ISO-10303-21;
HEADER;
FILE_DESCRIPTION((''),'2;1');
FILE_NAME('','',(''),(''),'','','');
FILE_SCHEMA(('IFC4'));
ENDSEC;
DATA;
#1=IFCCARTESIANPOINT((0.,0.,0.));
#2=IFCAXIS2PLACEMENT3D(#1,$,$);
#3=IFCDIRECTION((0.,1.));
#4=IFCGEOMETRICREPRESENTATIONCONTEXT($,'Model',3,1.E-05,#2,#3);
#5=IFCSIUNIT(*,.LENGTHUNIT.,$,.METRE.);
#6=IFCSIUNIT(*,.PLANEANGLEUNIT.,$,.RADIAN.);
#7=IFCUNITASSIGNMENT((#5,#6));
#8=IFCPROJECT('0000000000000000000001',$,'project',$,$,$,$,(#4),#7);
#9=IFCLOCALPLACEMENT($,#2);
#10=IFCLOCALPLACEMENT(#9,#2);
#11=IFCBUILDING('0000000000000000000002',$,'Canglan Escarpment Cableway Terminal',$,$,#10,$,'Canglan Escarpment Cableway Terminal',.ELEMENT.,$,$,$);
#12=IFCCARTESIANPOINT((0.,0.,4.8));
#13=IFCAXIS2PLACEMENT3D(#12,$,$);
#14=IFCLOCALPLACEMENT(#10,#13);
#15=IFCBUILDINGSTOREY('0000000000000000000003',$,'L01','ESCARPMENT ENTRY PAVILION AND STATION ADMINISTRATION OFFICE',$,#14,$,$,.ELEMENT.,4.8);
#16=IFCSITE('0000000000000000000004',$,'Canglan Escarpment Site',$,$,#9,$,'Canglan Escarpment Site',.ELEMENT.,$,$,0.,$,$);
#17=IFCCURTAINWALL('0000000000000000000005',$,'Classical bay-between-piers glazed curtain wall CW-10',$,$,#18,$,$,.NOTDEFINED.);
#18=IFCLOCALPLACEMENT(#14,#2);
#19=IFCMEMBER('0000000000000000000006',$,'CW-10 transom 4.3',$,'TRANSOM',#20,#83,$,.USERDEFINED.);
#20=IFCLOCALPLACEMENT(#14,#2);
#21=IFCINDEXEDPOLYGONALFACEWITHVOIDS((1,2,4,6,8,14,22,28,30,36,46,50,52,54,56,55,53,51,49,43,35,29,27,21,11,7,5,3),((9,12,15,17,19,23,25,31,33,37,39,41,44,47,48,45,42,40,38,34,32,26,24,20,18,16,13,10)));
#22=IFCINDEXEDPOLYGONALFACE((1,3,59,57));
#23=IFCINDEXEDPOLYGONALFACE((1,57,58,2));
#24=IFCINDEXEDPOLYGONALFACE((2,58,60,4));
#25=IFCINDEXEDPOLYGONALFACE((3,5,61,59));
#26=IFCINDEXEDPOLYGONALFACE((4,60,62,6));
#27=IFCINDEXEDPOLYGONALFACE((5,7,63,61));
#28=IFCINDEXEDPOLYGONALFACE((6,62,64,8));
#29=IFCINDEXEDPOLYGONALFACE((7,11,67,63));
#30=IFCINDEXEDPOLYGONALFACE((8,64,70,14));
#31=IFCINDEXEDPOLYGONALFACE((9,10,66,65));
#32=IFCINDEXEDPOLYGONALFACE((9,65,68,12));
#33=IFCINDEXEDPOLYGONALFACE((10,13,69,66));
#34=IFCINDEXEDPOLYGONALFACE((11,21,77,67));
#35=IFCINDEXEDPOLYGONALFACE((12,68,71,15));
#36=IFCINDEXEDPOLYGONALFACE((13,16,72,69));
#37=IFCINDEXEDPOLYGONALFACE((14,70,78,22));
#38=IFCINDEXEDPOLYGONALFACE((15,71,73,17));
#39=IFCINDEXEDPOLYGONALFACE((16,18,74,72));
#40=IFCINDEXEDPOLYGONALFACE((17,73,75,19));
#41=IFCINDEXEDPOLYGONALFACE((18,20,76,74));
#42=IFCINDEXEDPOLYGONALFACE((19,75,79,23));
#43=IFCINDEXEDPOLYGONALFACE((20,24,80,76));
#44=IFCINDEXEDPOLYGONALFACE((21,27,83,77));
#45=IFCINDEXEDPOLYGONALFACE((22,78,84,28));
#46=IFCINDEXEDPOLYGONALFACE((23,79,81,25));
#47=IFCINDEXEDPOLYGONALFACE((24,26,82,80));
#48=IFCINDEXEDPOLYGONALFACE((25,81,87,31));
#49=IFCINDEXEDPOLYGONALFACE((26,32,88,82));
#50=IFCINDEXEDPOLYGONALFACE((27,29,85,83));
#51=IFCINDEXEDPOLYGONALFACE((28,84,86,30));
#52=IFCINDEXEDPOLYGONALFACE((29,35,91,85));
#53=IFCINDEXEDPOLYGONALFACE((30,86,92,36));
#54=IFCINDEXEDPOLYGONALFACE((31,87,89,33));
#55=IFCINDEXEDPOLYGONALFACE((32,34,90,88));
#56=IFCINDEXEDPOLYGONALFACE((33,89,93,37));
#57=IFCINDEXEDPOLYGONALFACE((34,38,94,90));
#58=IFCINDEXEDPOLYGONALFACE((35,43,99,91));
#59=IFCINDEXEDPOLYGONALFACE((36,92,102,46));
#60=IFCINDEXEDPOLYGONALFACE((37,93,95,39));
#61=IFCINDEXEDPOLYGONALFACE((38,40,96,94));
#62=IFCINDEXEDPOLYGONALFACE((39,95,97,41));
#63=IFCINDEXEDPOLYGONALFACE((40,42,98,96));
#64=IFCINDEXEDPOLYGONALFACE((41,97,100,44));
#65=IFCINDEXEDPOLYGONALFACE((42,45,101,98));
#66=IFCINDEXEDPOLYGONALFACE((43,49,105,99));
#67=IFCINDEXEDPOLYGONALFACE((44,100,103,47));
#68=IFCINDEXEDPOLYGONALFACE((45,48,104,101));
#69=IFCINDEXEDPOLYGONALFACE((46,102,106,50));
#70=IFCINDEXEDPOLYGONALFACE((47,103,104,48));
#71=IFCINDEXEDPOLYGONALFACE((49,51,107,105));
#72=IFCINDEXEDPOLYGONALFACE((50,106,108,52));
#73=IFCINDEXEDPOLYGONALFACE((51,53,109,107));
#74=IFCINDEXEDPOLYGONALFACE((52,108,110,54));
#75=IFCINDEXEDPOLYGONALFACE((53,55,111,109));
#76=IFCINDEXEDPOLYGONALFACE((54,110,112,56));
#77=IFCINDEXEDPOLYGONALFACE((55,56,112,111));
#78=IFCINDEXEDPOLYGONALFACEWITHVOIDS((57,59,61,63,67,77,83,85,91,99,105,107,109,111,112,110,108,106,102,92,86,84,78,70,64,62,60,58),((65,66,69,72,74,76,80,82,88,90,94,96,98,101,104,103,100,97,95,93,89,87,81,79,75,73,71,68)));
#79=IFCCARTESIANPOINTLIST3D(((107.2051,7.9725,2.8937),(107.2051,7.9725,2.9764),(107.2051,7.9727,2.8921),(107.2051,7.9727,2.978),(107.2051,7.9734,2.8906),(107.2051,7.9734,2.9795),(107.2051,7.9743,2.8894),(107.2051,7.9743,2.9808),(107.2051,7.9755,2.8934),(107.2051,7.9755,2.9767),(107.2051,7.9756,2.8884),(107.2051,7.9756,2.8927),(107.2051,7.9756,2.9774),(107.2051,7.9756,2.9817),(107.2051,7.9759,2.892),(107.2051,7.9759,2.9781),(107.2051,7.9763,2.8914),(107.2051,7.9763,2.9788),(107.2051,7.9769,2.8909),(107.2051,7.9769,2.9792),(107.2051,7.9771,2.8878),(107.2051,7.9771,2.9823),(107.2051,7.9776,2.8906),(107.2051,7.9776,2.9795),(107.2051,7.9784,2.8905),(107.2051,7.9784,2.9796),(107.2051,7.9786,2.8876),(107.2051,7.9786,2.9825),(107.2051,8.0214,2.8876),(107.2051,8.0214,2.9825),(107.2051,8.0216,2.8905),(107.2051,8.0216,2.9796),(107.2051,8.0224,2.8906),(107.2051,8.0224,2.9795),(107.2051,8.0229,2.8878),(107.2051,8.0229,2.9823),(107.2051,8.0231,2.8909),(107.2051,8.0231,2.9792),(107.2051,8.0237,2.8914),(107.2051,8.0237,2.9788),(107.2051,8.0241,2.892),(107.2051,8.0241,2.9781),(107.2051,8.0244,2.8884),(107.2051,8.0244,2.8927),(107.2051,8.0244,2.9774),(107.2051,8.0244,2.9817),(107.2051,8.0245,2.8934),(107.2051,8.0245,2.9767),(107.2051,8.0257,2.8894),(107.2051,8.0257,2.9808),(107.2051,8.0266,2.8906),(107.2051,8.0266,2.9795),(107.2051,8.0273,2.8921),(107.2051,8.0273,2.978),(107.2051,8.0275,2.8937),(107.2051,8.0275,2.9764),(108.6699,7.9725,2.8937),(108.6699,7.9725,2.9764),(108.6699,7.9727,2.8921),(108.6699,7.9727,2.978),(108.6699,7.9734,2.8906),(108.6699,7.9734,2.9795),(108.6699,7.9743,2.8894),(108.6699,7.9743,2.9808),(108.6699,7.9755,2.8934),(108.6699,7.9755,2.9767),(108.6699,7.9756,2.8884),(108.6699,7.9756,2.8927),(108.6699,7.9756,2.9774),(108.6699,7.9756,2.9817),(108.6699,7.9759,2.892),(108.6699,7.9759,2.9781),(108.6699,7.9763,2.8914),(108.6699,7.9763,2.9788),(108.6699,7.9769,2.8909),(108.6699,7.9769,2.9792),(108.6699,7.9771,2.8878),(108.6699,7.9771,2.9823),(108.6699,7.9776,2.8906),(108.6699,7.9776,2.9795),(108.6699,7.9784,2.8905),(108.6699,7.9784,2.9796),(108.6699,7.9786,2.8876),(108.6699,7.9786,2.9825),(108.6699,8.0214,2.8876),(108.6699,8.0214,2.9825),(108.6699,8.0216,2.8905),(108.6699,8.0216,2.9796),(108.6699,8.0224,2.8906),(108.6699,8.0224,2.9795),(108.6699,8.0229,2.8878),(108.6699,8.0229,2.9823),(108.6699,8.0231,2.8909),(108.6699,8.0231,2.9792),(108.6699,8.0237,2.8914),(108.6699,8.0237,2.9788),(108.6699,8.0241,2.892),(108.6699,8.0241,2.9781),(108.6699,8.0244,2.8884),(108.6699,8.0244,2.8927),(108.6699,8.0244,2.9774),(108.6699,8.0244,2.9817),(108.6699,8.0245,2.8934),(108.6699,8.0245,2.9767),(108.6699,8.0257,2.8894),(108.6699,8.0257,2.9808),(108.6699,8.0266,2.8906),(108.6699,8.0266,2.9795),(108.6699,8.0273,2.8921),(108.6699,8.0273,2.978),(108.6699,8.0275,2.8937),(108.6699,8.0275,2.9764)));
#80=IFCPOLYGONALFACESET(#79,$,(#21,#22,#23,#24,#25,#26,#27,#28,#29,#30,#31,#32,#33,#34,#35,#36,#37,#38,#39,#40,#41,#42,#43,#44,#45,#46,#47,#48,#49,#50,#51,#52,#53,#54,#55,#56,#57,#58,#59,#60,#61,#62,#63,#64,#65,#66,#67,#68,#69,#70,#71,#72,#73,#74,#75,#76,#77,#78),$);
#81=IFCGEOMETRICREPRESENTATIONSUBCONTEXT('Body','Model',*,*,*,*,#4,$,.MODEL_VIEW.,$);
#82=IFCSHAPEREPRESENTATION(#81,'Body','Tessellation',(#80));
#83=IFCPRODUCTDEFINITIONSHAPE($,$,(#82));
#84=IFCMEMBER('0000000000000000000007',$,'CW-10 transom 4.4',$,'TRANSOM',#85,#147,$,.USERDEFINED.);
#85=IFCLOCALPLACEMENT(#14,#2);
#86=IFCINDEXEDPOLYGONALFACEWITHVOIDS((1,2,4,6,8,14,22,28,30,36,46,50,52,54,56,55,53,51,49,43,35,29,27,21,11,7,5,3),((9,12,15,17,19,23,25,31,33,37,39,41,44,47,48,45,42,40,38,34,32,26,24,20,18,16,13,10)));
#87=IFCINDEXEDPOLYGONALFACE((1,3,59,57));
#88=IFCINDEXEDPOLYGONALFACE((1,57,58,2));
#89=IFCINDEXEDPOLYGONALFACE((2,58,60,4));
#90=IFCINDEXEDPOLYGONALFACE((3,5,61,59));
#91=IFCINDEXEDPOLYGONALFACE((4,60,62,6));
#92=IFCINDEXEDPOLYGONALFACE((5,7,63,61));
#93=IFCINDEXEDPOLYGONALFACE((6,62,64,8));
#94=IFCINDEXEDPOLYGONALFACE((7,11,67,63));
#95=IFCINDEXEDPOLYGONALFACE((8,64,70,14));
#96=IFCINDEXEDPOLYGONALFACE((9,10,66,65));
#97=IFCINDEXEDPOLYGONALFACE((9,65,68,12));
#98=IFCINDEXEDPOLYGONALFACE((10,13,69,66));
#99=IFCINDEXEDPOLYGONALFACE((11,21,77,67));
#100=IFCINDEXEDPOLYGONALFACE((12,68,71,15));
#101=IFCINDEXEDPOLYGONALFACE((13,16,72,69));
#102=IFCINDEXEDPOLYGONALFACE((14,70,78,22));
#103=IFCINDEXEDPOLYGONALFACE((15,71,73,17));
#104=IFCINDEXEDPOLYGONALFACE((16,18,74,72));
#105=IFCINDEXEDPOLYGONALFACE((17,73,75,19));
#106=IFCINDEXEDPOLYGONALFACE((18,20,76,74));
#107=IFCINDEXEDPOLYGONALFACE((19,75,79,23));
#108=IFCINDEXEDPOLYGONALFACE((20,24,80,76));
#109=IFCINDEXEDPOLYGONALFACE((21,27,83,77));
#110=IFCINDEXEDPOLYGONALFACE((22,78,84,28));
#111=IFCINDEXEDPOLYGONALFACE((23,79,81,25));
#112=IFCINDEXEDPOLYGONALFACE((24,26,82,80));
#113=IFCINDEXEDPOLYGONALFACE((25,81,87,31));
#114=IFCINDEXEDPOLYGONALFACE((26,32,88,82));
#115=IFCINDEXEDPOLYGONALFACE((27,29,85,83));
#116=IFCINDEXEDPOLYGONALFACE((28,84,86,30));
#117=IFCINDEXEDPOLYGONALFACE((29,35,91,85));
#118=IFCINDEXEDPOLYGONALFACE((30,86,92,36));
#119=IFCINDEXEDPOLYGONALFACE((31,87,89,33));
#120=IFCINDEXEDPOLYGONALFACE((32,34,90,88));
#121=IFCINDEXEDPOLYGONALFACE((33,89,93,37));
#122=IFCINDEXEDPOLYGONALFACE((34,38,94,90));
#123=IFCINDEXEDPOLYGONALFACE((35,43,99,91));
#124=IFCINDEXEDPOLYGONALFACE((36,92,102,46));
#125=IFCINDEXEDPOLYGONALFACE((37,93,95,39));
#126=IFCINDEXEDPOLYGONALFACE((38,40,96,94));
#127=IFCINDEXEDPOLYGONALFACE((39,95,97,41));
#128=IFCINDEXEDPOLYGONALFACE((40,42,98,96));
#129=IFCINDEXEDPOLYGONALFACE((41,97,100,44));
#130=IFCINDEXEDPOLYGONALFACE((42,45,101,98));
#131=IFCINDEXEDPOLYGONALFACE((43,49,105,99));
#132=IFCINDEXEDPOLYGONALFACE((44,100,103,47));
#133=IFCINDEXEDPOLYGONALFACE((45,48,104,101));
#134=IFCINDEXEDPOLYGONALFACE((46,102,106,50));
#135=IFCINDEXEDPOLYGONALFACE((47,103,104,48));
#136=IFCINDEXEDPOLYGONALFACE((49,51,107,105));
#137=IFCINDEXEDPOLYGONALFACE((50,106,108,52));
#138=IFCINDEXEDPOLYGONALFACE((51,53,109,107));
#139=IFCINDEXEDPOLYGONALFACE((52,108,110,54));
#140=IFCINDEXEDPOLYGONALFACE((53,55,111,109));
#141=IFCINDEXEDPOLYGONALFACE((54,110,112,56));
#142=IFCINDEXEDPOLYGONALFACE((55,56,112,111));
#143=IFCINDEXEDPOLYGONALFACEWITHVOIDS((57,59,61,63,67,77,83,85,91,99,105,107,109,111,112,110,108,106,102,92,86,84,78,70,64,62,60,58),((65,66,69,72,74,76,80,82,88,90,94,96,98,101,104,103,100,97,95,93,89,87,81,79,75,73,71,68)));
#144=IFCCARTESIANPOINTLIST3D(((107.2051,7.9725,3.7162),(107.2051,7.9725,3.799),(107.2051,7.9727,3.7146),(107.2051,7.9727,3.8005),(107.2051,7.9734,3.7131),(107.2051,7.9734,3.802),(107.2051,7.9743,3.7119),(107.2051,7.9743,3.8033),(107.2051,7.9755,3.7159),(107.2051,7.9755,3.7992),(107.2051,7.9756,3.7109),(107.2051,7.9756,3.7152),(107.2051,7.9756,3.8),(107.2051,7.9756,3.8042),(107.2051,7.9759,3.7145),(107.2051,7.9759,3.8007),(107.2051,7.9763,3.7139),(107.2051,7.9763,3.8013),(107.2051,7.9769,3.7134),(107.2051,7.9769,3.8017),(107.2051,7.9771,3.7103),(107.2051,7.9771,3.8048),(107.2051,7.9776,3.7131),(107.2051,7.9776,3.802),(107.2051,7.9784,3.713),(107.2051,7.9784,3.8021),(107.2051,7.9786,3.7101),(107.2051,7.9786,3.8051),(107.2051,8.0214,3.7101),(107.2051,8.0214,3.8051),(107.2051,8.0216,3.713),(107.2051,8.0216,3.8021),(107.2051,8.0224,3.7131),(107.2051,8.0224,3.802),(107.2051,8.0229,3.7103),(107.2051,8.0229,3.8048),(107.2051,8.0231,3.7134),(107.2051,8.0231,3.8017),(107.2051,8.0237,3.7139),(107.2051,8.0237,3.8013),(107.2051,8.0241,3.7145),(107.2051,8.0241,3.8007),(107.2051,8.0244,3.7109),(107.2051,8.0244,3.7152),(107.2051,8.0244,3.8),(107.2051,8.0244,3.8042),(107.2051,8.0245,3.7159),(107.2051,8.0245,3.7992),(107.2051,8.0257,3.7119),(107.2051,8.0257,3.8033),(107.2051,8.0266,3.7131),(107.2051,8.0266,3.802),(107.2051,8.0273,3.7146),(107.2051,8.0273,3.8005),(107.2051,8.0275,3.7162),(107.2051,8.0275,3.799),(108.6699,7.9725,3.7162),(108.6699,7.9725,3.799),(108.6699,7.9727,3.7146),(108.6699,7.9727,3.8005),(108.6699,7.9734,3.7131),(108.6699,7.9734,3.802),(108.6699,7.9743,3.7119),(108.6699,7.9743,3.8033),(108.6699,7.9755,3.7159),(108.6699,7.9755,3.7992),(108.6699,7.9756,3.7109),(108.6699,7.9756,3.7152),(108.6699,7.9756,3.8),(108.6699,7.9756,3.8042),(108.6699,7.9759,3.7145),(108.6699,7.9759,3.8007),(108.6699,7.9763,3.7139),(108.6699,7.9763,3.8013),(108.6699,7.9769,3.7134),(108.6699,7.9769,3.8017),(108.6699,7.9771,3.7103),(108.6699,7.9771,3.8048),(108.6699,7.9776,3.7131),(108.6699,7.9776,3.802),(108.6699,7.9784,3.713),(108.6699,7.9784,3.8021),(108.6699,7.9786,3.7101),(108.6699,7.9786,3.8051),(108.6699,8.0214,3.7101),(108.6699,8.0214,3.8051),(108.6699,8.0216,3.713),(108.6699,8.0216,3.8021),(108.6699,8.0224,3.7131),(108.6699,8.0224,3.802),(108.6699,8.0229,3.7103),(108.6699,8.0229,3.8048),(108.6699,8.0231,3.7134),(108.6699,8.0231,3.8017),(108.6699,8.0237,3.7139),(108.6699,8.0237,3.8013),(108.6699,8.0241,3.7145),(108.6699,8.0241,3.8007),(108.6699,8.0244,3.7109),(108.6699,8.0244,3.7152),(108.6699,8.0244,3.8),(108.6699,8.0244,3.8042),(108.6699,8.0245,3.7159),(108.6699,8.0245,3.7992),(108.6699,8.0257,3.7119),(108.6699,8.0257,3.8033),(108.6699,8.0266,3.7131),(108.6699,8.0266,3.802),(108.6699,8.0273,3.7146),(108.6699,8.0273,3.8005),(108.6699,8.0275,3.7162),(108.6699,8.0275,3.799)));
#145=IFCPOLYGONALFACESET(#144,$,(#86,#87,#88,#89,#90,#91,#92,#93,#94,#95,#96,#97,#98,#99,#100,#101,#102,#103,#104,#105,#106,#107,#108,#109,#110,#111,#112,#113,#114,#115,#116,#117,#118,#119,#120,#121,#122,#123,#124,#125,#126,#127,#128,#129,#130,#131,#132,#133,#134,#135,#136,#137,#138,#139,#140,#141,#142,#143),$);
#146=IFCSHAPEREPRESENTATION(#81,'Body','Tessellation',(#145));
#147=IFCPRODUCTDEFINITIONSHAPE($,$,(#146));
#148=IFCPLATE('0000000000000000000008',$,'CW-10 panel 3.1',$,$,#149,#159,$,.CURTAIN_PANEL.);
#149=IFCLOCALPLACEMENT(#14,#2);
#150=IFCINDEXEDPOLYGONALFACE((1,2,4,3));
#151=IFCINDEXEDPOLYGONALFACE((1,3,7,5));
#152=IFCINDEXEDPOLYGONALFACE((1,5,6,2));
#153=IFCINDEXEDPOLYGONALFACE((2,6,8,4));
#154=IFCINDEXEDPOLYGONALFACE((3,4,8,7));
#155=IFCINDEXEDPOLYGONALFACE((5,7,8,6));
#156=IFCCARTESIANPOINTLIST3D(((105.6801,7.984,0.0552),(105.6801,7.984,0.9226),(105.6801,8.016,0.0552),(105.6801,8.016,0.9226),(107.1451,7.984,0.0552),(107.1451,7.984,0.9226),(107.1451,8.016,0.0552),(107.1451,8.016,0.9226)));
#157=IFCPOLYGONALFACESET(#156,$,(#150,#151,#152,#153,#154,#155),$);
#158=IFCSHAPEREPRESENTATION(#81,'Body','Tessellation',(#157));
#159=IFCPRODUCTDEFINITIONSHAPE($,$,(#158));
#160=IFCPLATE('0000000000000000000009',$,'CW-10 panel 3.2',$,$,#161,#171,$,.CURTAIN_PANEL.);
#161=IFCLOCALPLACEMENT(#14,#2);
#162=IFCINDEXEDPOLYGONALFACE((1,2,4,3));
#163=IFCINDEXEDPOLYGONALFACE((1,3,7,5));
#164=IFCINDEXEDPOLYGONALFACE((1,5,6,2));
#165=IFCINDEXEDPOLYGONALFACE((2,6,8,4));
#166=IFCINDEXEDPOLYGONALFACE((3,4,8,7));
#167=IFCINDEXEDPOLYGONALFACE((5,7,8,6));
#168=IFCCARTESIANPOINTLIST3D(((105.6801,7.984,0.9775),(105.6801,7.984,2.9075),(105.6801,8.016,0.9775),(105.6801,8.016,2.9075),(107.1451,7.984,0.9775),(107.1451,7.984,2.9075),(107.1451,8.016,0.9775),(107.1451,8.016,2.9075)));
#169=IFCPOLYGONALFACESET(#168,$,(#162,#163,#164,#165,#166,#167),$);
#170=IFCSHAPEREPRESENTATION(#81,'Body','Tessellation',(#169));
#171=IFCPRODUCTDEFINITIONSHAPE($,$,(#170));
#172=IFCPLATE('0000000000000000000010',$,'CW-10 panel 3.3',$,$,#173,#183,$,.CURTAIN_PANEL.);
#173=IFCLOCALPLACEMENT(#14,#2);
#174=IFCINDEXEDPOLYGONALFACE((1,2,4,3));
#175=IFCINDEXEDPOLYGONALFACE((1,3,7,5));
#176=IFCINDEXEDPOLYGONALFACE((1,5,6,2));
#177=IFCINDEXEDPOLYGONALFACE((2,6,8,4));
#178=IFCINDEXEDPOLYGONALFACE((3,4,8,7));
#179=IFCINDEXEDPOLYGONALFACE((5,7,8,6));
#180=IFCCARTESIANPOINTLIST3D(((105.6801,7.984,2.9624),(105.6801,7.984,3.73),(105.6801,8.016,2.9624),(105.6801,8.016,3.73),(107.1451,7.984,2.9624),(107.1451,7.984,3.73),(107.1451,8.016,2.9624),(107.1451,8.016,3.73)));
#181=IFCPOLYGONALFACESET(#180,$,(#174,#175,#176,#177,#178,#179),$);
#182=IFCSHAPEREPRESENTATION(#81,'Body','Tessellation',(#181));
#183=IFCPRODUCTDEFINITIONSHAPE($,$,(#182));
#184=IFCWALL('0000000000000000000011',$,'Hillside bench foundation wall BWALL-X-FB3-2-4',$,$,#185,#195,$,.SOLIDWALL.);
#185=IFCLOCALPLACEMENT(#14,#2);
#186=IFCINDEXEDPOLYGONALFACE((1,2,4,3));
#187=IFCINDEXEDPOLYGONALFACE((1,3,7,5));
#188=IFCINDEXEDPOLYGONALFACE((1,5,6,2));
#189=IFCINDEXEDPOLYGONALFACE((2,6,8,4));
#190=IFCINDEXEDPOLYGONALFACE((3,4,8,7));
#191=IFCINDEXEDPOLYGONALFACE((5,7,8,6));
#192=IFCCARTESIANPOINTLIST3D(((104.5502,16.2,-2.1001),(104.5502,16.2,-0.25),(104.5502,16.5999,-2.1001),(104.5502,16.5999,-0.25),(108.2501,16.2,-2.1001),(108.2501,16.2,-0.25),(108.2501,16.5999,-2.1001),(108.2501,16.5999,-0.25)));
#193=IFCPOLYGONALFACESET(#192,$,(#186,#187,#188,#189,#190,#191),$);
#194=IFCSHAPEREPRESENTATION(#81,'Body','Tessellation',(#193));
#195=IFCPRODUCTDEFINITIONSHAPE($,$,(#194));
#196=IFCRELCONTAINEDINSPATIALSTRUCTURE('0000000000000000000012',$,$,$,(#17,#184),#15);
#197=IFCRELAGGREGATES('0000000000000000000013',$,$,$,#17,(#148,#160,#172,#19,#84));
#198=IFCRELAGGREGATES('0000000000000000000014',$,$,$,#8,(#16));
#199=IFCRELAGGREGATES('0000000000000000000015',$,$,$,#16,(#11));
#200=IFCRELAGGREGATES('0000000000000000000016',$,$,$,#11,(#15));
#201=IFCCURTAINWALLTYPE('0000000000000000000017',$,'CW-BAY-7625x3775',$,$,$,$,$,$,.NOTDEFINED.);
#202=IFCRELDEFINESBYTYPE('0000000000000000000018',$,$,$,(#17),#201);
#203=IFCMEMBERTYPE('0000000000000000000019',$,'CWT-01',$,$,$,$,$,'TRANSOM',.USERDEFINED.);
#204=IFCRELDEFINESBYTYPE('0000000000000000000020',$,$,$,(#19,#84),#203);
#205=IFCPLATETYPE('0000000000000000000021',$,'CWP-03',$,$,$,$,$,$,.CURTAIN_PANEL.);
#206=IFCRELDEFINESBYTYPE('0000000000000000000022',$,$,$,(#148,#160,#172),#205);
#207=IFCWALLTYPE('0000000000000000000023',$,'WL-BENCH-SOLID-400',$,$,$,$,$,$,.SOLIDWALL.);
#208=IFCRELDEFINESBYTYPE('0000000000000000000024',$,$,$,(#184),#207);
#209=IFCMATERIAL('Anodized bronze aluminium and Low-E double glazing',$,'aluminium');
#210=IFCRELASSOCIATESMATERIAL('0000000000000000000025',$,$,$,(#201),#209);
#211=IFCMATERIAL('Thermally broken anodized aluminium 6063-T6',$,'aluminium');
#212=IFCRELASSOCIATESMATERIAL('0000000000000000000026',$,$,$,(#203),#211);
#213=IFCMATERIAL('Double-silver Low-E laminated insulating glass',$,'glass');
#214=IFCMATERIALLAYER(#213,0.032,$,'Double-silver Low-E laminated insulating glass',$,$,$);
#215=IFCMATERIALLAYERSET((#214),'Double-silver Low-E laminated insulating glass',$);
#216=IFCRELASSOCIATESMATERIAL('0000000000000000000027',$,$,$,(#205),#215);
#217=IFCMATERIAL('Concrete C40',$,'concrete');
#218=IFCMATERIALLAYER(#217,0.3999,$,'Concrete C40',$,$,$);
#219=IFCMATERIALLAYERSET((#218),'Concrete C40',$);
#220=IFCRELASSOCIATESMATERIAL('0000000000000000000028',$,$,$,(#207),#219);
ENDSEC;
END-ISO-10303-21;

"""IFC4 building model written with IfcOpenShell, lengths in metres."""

from ifc_helpers import new_model, si_unit, direction, frame, frame_2d, origin, origin_2d, place, context, subcontext, project, spatial, rectangle, hollow_rectangle, extrude, material, layer, layer_set, material_profile, profile_set, type_object, element, aggregate, save


model = new_model("IFC4")

# Units and contexts
model_context = context("Model", 3, precision=1e-05, world=origin(), true_north=direction((0.0, 1.0)))
body_context = subcontext(model_context, "Body", "Model", "MODEL_VIEW")
ifc_project = project(units=[si_unit("LENGTHUNIT", "METRE"), si_unit("PLANEANGLEUNIT", "RADIAN")], contexts=[model_context])

# Site, building, storey
site_placement = place(None, origin())
site = spatial("IfcSite", under=ifc_project, at=site_placement, Name="Canglan Escarpment Site", LongName="Canglan Escarpment Site", CompositionType="ELEMENT", RefElevation=0.0)
building_placement = place(site_placement, origin())
building = spatial("IfcBuilding", under=site, at=building_placement, Name="Canglan Escarpment Cableway Terminal", LongName="Canglan Escarpment Cableway Terminal", CompositionType="ELEMENT")
storey_placement = place(building_placement, frame((0.0, 0.0, 4.8)))
storey = spatial("IfcBuildingStorey", under=building, at=storey_placement, Name="L01", Description="ESCARPMENT ENTRY PAVILION AND STATION ADMINISTRATION OFFICE", CompositionType="ELEMENT", Elevation=4.8)

# Shared definitions
ifc_material_1 = material(Name="Concrete C40", Category="concrete")

# Curtain wall, members, plates
ifc_material_2 = material(Name="Anodized bronze aluminium and Low-E double glazing", Category="aluminium")
curtain_wall_type = type_object("IfcCurtainWallType", Name="CW-BAY-7625x3775", PredefinedType="NOTDEFINED", material=ifc_material_2)
curtain_wall_placement = place(storey_placement, origin())
curtain_wall = element("IfcCurtainWall", 1, at=curtain_wall_placement, inside=storey, type_object=curtain_wall_type, Name="Classical bay-between-piers glazed curtain wall CW-10", PredefinedType="NOTDEFINED")
ifc_material_3 = material(Name="Thermally broken anodized aluminium 6063-T6", Category="aluminium")
ifc_material_profile_1 = material_profile(ifc_material_3, hollow_rectangle(XDim=0.0549, YDim=0.095, WallThickness=0.0029, InnerFilletRadius=0.0029, OuterFilletRadius=0.0061, at=origin_2d()), Name="ALU-TRAN 55x95x3")
ifc_profile_set_1 = profile_set([ifc_material_profile_1], Name="Thermally broken anodized aluminium 6063-T6")
member_type_1 = type_object("IfcMemberType", Name="CWT-01", ElementType="TRANSOM", PredefinedType="USERDEFINED", material=ifc_profile_set_1)
member_1_placement = place(storey_placement, frame((107.2051, 8.0, 2.9351), z_axis=(1.0, 0.0, 0.0), x_axis=(0.0, 1.0, 0.0)))
member_1 = element("IfcMember", 2, at=member_1_placement, type_object=member_type_1, Name="CW-10 transom 4.3", ObjectType="TRANSOM", PredefinedType="USERDEFINED", context=body_context, shape_type="SweptSolid", body=[
    extrude(hollow_rectangle(XDim=0.0549, YDim=0.095, WallThickness=0.0029, InnerFilletRadius=0.0029, OuterFilletRadius=0.0061, at=origin_2d()), origin(), (0.0, 0.0, 1.0), 1.4648),
])
member_2_placement = place(storey_placement, frame((107.2051, 8.0, 3.7576), z_axis=(1.0, 0.0, 0.0), x_axis=(0.0, 1.0, 0.0)))
member_2 = element("IfcMember", 3, at=member_2_placement, type_object=member_type_1, Name="CW-10 transom 4.4", ObjectType="TRANSOM", PredefinedType="USERDEFINED", context=body_context, shape_type="SweptSolid", body=[
    extrude(hollow_rectangle(XDim=0.0549, YDim=0.095, WallThickness=0.0029, InnerFilletRadius=0.0029, OuterFilletRadius=0.0061, at=origin_2d()), origin(), (0.0, 0.0, 1.0), 1.4648),
])
ifc_material_4 = material(Name="Double-silver Low-E laminated insulating glass", Category="glass")
ifc_layer_1 = layer(ifc_material_4, 0.032, Name="Double-silver Low-E laminated insulating glass")
ifc_layer_set_1 = layer_set([ifc_layer_1], Name="Double-silver Low-E laminated insulating glass")
plate_type = type_object("IfcPlateType", Name="CWP-03", PredefinedType="CURTAIN_PANEL", material=ifc_layer_set_1)
plate_1_placement = place(storey_placement, frame((106.4126, 8.0, 0.0552), z_axis=(0.0, 0.0, 1.0), x_axis=(1.0, 0.0, 0.0)))
plate_1 = element("IfcPlate", 4, at=plate_1_placement, type_object=plate_type, Name="CW-10 panel 3.1", PredefinedType="CURTAIN_PANEL", context=body_context, shape_type="SweptSolid", body=[
    extrude(rectangle(XDim=1.4651, YDim=0.032, at=origin_2d()), origin(), (0.0, 0.0, 1.0), 0.8674),
])
plate_2_placement = place(storey_placement, frame((106.4126, 8.0, 0.9775), z_axis=(0.0, 0.0, 1.0), x_axis=(1.0, 0.0, 0.0)))
plate_2 = element("IfcPlate", 5, at=plate_2_placement, type_object=plate_type, Name="CW-10 panel 3.2", PredefinedType="CURTAIN_PANEL", context=body_context, shape_type="SweptSolid", body=[
    extrude(rectangle(XDim=1.4651, YDim=0.032, at=origin_2d()), origin(), (0.0, 0.0, 1.0), 1.9299),
])
plate_3_placement = place(storey_placement, frame((106.4126, 8.0, 2.9624), z_axis=(0.0, 0.0, 1.0), x_axis=(1.0, 0.0, 0.0)))
plate_3 = element("IfcPlate", 6, at=plate_3_placement, type_object=plate_type, Name="CW-10 panel 3.3", PredefinedType="CURTAIN_PANEL", context=body_context, shape_type="SweptSolid", body=[
    extrude(rectangle(XDim=1.4651, YDim=0.032, at=origin_2d()), origin(), (0.0, 0.0, 1.0), 0.7676),
])
aggregate(curtain_wall, [plate_1, plate_2, plate_3, member_1, member_2])

# Wall
ifc_layer_2 = layer(ifc_material_1, 0.3999, Name="Concrete C40")
ifc_layer_set_2 = layer_set([ifc_layer_2], Name="Concrete C40")
wall_type = type_object("IfcWallType", Name="WL-BENCH-SOLID-400", PredefinedType="SOLIDWALL", material=ifc_layer_set_2)
wall_placement = place(storey_placement, frame((104.55, 16.3999, -2.1001), z_axis=(0.0, 0.0, 1.0), x_axis=(1.0, 0.0, 0.0)))
element("IfcWall", 7, at=wall_placement, inside=storey, type_object=wall_type, Name="Hillside bench foundation wall BWALL-X-FB3-2-4", PredefinedType="SOLIDWALL", context=body_context, shape_type="SweptSolid", body=[
    extrude(rectangle(XDim=3.7, YDim=0.3999, at=frame_2d((1.8501, 0.0))), origin(), (0.0, 0.0, 1.0), 1.8501),
])

save(model, "model.ifc")
